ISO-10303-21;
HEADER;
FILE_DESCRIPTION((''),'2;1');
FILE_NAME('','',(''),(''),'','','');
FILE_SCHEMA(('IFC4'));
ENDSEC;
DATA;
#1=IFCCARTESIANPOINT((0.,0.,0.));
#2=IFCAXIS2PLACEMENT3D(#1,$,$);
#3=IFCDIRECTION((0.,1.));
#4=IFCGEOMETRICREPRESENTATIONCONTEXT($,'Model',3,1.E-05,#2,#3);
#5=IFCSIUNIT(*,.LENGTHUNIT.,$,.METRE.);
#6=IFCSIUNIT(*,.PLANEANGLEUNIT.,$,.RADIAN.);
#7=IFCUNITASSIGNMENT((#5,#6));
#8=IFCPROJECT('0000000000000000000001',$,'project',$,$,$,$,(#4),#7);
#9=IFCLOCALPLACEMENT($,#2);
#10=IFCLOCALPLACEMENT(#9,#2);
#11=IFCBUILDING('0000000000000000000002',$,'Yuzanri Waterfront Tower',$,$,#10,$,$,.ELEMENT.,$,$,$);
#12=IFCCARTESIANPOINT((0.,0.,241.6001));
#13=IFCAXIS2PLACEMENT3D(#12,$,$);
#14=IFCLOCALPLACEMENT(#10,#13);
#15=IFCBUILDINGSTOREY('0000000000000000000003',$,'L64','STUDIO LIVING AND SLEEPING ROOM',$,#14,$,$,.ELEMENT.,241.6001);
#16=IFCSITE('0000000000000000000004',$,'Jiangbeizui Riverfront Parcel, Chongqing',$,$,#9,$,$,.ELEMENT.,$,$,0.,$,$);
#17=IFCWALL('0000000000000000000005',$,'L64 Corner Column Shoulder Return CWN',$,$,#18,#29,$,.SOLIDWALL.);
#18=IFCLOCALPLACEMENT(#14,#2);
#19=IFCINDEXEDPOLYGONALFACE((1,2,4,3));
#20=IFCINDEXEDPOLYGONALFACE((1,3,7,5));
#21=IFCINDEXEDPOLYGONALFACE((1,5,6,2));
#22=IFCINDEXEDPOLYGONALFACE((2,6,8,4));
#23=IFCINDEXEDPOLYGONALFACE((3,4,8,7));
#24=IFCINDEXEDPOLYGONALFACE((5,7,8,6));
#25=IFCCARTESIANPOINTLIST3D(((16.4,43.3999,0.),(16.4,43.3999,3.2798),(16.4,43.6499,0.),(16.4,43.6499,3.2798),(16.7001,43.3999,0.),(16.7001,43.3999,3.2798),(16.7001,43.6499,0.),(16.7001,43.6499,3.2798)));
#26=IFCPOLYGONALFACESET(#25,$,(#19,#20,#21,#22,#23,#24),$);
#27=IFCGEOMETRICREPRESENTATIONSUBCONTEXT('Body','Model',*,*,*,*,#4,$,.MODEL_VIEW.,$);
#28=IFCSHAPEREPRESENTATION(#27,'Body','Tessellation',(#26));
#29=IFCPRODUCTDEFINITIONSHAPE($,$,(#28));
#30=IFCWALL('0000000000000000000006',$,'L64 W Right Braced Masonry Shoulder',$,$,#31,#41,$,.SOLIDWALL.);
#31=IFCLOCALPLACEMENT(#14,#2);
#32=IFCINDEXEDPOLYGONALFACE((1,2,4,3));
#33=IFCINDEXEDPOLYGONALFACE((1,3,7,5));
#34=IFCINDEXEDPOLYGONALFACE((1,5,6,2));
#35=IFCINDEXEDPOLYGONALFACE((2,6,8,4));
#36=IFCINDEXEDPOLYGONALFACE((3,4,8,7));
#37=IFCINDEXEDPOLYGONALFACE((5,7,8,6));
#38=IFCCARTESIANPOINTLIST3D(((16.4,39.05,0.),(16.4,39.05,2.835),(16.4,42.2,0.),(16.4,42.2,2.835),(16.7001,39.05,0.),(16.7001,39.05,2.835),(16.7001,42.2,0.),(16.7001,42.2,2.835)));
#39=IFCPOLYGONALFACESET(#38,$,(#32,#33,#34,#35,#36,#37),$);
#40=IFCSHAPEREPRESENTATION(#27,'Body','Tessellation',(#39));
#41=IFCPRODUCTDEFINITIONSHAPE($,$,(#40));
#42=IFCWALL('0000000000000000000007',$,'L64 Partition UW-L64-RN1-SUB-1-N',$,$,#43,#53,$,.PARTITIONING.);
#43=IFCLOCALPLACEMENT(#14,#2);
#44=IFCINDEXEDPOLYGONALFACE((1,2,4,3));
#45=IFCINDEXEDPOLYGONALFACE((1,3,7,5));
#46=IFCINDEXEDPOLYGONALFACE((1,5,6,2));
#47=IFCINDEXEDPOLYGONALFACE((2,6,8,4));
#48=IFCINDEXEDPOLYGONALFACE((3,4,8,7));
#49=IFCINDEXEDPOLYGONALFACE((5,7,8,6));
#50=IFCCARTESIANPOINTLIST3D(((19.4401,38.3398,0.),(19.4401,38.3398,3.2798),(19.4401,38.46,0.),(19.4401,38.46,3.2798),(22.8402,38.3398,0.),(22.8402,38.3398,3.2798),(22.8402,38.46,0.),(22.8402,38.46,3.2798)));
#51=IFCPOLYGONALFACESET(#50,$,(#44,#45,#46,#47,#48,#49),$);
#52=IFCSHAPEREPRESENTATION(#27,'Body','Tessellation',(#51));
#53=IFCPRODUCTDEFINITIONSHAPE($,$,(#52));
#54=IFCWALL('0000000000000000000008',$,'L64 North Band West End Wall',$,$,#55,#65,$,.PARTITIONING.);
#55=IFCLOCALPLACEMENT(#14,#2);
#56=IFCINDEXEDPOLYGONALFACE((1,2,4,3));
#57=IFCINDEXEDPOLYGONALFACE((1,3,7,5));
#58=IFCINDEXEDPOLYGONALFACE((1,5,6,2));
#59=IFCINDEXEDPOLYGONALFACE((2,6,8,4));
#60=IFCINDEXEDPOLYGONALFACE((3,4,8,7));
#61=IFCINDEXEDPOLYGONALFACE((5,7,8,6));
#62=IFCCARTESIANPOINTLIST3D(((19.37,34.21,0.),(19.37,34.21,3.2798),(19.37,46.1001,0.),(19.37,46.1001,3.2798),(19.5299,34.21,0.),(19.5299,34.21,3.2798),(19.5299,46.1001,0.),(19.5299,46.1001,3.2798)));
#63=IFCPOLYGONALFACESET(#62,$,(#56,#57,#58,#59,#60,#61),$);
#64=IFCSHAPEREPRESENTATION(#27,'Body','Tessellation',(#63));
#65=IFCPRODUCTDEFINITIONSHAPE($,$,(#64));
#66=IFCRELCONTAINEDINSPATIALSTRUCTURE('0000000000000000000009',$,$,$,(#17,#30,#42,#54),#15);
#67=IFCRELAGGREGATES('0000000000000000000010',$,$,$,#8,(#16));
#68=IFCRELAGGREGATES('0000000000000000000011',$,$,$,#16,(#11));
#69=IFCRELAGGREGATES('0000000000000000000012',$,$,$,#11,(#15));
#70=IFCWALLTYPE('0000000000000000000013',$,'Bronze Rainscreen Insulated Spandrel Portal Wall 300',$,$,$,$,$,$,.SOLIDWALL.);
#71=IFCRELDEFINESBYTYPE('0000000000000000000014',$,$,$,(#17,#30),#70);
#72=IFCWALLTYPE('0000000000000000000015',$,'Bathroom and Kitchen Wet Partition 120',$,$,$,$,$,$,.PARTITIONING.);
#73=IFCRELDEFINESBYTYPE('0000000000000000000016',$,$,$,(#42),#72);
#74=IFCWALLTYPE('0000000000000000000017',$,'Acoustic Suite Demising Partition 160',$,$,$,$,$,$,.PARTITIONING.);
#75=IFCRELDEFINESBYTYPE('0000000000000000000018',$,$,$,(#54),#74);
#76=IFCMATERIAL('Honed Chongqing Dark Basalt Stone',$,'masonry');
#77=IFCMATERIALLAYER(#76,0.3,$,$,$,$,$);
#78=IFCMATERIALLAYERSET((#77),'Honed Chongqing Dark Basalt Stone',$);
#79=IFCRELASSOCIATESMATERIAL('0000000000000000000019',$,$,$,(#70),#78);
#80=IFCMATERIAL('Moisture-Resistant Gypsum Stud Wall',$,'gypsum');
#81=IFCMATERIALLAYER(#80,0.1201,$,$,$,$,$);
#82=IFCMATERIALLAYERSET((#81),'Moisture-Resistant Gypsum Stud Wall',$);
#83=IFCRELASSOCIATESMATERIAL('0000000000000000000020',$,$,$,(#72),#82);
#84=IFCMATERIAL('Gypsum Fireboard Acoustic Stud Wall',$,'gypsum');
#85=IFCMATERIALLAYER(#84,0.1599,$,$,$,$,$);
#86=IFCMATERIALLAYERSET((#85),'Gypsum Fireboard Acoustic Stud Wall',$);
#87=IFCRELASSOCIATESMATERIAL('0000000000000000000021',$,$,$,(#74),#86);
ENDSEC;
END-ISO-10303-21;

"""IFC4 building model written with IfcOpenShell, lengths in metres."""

from ifc_helpers import new_model, si_unit, direction, frame, frame_2d, origin, place, context, subcontext, project, spatial, rectangle, extrude, source, transform, mapped, material, layer, layer_set, type_object, element, save


model = new_model("IFC4")

# Units and contexts
model_context = context("Model", 3, precision=1e-05, world=origin(), true_north=direction((0.0, 1.0)))
body_context = subcontext(model_context, "Body", "Model", "MODEL_VIEW")
ifc_project = project(units=[si_unit("LENGTHUNIT", "METRE"), si_unit("PLANEANGLEUNIT", "RADIAN")], contexts=[model_context])

# Site, building, storey
site_placement = place(None, origin())
site = spatial("IfcSite", under=ifc_project, at=site_placement, Name="Jiangbeizui Riverfront Parcel, Chongqing", CompositionType="ELEMENT", RefElevation=0.0)
building_placement = place(site_placement, origin())
building = spatial("IfcBuilding", under=site, at=building_placement, Name="Yuzanri Waterfront Tower", CompositionType="ELEMENT")
storey_placement = place(building_placement, frame((0.0, 0.0, 241.6001)))
storey = spatial("IfcBuildingStorey", under=building, at=storey_placement, Name="L64", Description="STUDIO LIVING AND SLEEPING ROOM", CompositionType="ELEMENT", Elevation=241.6001)

# Shared definitions
ifc_material_1 = material(Name="Honed Chongqing Dark Basalt Stone", Category="masonry")
ifc_layer_1 = layer(ifc_material_1, 0.3)
ifc_layer_set_1 = layer_set([ifc_layer_1], Name="Honed Chongqing Dark Basalt Stone")
wall_type_1 = type_object("IfcWallType", Name="Bronze Rainscreen Insulated Spandrel Portal Wall 300", PredefinedType="SOLIDWALL", material=ifc_layer_set_1)

# Walls
shared_shape_1 = source(origin(), body_context, "Body", "SweptSolid", [
    extrude(rectangle(XDim=0.25, YDim=0.3, at=frame_2d((0.125, 0.0))), origin(), (0.0, 0.0, 1.0), 3.2798),
])
for number, where, z_axis, x_axis, name in (
    (1, (16.55, 43.3999, 0.0), (0.0, 0.0, 1.0), (0.0, 1.0, 0.0), "L64 Corner Column Shoulder Return CWN"),
):
    element("IfcWall", number, at=place(storey_placement, frame(where, z_axis=z_axis, x_axis=x_axis)), inside=storey, type_object=wall_type_1, Name=name, PredefinedType="SOLIDWALL", context=body_context, shape_type="MappedRepresentation", body=[
        mapped(shared_shape_1, transform((0.0, 0.0, 0.0), scale=1.0)),
    ])
shared_shape_2 = source(origin(), body_context, "Body", "SweptSolid", [
    extrude(rectangle(XDim=3.1499, YDim=0.3, at=frame_2d((1.575, 0.0))), origin(), (0.0, 0.0, 1.0), 2.835),
])
wall_1_placement = place(storey_placement, frame((16.55, 39.05, 0.0), z_axis=(0.0, 0.0, 1.0), x_axis=(0.0, 1.0, 0.0)))
element("IfcWall", 2, at=wall_1_placement, inside=storey, type_object=wall_type_1, Name="L64 W Right Braced Masonry Shoulder", PredefinedType="SOLIDWALL", context=body_context, shape_type="MappedRepresentation", body=[
    mapped(shared_shape_2, transform((0.0, 0.0, 0.0), scale=1.0)),
])
ifc_material_2 = material(Name="Moisture-Resistant Gypsum Stud Wall", Category="gypsum")
ifc_layer_2 = layer(ifc_material_2, 0.1201)
ifc_layer_set_2 = layer_set([ifc_layer_2], Name="Moisture-Resistant Gypsum Stud Wall")
wall_type_2 = type_object("IfcWallType", Name="Bathroom and Kitchen Wet Partition 120", PredefinedType="PARTITIONING", material=ifc_layer_set_2)
shared_shape_3 = source(origin(), body_context, "Body", "SweptSolid", [
    extrude(rectangle(XDim=3.4001, YDim=0.1201, at=frame_2d((1.7002, 0.0))), origin(), (0.0, 0.0, 1.0), 3.2798),
])
wall_2_placement = place(storey_placement, frame((19.4399, 38.3999, 0.0), z_axis=(0.0, 0.0, 1.0), x_axis=(1.0, 0.0, 0.0)))
element("IfcWall", 3, at=wall_2_placement, inside=storey, type_object=wall_type_2, Name="L64 Partition UW-L64-RN1-SUB-1-N", PredefinedType="PARTITIONING", context=body_context, shape_type="MappedRepresentation", body=[
    mapped(shared_shape_3, transform((0.0, 0.0, 0.0), scale=1.0)),
])
ifc_material_3 = material(Name="Gypsum Fireboard Acoustic Stud Wall", Category="gypsum")
ifc_layer_3 = layer(ifc_material_3, 0.1599)
ifc_layer_set_3 = layer_set([ifc_layer_3], Name="Gypsum Fireboard Acoustic Stud Wall")
wall_type_3 = type_object("IfcWallType", Name="Acoustic Suite Demising Partition 160", PredefinedType="PARTITIONING", material=ifc_layer_set_3)
shared_shape_4 = source(origin(), body_context, "Body", "SweptSolid", [
    extrude(rectangle(XDim=11.8901, YDim=0.1599, at=frame_2d((5.9451, 0.0))), origin(), (0.0, 0.0, 1.0), 3.2798),
])
wall_3_placement = place(storey_placement, frame((19.45, 34.21, 0.0), z_axis=(0.0, 0.0, 1.0), x_axis=(0.0, 1.0, 0.0)))
element("IfcWall", 4, at=wall_3_placement, inside=storey, type_object=wall_type_3, Name="L64 North Band West End Wall", PredefinedType="PARTITIONING", context=body_context, shape_type="MappedRepresentation", body=[
    mapped(shared_shape_4, transform((0.0, 0.0, 0.0), scale=1.0)),
])

save(model, "model.ifc")
